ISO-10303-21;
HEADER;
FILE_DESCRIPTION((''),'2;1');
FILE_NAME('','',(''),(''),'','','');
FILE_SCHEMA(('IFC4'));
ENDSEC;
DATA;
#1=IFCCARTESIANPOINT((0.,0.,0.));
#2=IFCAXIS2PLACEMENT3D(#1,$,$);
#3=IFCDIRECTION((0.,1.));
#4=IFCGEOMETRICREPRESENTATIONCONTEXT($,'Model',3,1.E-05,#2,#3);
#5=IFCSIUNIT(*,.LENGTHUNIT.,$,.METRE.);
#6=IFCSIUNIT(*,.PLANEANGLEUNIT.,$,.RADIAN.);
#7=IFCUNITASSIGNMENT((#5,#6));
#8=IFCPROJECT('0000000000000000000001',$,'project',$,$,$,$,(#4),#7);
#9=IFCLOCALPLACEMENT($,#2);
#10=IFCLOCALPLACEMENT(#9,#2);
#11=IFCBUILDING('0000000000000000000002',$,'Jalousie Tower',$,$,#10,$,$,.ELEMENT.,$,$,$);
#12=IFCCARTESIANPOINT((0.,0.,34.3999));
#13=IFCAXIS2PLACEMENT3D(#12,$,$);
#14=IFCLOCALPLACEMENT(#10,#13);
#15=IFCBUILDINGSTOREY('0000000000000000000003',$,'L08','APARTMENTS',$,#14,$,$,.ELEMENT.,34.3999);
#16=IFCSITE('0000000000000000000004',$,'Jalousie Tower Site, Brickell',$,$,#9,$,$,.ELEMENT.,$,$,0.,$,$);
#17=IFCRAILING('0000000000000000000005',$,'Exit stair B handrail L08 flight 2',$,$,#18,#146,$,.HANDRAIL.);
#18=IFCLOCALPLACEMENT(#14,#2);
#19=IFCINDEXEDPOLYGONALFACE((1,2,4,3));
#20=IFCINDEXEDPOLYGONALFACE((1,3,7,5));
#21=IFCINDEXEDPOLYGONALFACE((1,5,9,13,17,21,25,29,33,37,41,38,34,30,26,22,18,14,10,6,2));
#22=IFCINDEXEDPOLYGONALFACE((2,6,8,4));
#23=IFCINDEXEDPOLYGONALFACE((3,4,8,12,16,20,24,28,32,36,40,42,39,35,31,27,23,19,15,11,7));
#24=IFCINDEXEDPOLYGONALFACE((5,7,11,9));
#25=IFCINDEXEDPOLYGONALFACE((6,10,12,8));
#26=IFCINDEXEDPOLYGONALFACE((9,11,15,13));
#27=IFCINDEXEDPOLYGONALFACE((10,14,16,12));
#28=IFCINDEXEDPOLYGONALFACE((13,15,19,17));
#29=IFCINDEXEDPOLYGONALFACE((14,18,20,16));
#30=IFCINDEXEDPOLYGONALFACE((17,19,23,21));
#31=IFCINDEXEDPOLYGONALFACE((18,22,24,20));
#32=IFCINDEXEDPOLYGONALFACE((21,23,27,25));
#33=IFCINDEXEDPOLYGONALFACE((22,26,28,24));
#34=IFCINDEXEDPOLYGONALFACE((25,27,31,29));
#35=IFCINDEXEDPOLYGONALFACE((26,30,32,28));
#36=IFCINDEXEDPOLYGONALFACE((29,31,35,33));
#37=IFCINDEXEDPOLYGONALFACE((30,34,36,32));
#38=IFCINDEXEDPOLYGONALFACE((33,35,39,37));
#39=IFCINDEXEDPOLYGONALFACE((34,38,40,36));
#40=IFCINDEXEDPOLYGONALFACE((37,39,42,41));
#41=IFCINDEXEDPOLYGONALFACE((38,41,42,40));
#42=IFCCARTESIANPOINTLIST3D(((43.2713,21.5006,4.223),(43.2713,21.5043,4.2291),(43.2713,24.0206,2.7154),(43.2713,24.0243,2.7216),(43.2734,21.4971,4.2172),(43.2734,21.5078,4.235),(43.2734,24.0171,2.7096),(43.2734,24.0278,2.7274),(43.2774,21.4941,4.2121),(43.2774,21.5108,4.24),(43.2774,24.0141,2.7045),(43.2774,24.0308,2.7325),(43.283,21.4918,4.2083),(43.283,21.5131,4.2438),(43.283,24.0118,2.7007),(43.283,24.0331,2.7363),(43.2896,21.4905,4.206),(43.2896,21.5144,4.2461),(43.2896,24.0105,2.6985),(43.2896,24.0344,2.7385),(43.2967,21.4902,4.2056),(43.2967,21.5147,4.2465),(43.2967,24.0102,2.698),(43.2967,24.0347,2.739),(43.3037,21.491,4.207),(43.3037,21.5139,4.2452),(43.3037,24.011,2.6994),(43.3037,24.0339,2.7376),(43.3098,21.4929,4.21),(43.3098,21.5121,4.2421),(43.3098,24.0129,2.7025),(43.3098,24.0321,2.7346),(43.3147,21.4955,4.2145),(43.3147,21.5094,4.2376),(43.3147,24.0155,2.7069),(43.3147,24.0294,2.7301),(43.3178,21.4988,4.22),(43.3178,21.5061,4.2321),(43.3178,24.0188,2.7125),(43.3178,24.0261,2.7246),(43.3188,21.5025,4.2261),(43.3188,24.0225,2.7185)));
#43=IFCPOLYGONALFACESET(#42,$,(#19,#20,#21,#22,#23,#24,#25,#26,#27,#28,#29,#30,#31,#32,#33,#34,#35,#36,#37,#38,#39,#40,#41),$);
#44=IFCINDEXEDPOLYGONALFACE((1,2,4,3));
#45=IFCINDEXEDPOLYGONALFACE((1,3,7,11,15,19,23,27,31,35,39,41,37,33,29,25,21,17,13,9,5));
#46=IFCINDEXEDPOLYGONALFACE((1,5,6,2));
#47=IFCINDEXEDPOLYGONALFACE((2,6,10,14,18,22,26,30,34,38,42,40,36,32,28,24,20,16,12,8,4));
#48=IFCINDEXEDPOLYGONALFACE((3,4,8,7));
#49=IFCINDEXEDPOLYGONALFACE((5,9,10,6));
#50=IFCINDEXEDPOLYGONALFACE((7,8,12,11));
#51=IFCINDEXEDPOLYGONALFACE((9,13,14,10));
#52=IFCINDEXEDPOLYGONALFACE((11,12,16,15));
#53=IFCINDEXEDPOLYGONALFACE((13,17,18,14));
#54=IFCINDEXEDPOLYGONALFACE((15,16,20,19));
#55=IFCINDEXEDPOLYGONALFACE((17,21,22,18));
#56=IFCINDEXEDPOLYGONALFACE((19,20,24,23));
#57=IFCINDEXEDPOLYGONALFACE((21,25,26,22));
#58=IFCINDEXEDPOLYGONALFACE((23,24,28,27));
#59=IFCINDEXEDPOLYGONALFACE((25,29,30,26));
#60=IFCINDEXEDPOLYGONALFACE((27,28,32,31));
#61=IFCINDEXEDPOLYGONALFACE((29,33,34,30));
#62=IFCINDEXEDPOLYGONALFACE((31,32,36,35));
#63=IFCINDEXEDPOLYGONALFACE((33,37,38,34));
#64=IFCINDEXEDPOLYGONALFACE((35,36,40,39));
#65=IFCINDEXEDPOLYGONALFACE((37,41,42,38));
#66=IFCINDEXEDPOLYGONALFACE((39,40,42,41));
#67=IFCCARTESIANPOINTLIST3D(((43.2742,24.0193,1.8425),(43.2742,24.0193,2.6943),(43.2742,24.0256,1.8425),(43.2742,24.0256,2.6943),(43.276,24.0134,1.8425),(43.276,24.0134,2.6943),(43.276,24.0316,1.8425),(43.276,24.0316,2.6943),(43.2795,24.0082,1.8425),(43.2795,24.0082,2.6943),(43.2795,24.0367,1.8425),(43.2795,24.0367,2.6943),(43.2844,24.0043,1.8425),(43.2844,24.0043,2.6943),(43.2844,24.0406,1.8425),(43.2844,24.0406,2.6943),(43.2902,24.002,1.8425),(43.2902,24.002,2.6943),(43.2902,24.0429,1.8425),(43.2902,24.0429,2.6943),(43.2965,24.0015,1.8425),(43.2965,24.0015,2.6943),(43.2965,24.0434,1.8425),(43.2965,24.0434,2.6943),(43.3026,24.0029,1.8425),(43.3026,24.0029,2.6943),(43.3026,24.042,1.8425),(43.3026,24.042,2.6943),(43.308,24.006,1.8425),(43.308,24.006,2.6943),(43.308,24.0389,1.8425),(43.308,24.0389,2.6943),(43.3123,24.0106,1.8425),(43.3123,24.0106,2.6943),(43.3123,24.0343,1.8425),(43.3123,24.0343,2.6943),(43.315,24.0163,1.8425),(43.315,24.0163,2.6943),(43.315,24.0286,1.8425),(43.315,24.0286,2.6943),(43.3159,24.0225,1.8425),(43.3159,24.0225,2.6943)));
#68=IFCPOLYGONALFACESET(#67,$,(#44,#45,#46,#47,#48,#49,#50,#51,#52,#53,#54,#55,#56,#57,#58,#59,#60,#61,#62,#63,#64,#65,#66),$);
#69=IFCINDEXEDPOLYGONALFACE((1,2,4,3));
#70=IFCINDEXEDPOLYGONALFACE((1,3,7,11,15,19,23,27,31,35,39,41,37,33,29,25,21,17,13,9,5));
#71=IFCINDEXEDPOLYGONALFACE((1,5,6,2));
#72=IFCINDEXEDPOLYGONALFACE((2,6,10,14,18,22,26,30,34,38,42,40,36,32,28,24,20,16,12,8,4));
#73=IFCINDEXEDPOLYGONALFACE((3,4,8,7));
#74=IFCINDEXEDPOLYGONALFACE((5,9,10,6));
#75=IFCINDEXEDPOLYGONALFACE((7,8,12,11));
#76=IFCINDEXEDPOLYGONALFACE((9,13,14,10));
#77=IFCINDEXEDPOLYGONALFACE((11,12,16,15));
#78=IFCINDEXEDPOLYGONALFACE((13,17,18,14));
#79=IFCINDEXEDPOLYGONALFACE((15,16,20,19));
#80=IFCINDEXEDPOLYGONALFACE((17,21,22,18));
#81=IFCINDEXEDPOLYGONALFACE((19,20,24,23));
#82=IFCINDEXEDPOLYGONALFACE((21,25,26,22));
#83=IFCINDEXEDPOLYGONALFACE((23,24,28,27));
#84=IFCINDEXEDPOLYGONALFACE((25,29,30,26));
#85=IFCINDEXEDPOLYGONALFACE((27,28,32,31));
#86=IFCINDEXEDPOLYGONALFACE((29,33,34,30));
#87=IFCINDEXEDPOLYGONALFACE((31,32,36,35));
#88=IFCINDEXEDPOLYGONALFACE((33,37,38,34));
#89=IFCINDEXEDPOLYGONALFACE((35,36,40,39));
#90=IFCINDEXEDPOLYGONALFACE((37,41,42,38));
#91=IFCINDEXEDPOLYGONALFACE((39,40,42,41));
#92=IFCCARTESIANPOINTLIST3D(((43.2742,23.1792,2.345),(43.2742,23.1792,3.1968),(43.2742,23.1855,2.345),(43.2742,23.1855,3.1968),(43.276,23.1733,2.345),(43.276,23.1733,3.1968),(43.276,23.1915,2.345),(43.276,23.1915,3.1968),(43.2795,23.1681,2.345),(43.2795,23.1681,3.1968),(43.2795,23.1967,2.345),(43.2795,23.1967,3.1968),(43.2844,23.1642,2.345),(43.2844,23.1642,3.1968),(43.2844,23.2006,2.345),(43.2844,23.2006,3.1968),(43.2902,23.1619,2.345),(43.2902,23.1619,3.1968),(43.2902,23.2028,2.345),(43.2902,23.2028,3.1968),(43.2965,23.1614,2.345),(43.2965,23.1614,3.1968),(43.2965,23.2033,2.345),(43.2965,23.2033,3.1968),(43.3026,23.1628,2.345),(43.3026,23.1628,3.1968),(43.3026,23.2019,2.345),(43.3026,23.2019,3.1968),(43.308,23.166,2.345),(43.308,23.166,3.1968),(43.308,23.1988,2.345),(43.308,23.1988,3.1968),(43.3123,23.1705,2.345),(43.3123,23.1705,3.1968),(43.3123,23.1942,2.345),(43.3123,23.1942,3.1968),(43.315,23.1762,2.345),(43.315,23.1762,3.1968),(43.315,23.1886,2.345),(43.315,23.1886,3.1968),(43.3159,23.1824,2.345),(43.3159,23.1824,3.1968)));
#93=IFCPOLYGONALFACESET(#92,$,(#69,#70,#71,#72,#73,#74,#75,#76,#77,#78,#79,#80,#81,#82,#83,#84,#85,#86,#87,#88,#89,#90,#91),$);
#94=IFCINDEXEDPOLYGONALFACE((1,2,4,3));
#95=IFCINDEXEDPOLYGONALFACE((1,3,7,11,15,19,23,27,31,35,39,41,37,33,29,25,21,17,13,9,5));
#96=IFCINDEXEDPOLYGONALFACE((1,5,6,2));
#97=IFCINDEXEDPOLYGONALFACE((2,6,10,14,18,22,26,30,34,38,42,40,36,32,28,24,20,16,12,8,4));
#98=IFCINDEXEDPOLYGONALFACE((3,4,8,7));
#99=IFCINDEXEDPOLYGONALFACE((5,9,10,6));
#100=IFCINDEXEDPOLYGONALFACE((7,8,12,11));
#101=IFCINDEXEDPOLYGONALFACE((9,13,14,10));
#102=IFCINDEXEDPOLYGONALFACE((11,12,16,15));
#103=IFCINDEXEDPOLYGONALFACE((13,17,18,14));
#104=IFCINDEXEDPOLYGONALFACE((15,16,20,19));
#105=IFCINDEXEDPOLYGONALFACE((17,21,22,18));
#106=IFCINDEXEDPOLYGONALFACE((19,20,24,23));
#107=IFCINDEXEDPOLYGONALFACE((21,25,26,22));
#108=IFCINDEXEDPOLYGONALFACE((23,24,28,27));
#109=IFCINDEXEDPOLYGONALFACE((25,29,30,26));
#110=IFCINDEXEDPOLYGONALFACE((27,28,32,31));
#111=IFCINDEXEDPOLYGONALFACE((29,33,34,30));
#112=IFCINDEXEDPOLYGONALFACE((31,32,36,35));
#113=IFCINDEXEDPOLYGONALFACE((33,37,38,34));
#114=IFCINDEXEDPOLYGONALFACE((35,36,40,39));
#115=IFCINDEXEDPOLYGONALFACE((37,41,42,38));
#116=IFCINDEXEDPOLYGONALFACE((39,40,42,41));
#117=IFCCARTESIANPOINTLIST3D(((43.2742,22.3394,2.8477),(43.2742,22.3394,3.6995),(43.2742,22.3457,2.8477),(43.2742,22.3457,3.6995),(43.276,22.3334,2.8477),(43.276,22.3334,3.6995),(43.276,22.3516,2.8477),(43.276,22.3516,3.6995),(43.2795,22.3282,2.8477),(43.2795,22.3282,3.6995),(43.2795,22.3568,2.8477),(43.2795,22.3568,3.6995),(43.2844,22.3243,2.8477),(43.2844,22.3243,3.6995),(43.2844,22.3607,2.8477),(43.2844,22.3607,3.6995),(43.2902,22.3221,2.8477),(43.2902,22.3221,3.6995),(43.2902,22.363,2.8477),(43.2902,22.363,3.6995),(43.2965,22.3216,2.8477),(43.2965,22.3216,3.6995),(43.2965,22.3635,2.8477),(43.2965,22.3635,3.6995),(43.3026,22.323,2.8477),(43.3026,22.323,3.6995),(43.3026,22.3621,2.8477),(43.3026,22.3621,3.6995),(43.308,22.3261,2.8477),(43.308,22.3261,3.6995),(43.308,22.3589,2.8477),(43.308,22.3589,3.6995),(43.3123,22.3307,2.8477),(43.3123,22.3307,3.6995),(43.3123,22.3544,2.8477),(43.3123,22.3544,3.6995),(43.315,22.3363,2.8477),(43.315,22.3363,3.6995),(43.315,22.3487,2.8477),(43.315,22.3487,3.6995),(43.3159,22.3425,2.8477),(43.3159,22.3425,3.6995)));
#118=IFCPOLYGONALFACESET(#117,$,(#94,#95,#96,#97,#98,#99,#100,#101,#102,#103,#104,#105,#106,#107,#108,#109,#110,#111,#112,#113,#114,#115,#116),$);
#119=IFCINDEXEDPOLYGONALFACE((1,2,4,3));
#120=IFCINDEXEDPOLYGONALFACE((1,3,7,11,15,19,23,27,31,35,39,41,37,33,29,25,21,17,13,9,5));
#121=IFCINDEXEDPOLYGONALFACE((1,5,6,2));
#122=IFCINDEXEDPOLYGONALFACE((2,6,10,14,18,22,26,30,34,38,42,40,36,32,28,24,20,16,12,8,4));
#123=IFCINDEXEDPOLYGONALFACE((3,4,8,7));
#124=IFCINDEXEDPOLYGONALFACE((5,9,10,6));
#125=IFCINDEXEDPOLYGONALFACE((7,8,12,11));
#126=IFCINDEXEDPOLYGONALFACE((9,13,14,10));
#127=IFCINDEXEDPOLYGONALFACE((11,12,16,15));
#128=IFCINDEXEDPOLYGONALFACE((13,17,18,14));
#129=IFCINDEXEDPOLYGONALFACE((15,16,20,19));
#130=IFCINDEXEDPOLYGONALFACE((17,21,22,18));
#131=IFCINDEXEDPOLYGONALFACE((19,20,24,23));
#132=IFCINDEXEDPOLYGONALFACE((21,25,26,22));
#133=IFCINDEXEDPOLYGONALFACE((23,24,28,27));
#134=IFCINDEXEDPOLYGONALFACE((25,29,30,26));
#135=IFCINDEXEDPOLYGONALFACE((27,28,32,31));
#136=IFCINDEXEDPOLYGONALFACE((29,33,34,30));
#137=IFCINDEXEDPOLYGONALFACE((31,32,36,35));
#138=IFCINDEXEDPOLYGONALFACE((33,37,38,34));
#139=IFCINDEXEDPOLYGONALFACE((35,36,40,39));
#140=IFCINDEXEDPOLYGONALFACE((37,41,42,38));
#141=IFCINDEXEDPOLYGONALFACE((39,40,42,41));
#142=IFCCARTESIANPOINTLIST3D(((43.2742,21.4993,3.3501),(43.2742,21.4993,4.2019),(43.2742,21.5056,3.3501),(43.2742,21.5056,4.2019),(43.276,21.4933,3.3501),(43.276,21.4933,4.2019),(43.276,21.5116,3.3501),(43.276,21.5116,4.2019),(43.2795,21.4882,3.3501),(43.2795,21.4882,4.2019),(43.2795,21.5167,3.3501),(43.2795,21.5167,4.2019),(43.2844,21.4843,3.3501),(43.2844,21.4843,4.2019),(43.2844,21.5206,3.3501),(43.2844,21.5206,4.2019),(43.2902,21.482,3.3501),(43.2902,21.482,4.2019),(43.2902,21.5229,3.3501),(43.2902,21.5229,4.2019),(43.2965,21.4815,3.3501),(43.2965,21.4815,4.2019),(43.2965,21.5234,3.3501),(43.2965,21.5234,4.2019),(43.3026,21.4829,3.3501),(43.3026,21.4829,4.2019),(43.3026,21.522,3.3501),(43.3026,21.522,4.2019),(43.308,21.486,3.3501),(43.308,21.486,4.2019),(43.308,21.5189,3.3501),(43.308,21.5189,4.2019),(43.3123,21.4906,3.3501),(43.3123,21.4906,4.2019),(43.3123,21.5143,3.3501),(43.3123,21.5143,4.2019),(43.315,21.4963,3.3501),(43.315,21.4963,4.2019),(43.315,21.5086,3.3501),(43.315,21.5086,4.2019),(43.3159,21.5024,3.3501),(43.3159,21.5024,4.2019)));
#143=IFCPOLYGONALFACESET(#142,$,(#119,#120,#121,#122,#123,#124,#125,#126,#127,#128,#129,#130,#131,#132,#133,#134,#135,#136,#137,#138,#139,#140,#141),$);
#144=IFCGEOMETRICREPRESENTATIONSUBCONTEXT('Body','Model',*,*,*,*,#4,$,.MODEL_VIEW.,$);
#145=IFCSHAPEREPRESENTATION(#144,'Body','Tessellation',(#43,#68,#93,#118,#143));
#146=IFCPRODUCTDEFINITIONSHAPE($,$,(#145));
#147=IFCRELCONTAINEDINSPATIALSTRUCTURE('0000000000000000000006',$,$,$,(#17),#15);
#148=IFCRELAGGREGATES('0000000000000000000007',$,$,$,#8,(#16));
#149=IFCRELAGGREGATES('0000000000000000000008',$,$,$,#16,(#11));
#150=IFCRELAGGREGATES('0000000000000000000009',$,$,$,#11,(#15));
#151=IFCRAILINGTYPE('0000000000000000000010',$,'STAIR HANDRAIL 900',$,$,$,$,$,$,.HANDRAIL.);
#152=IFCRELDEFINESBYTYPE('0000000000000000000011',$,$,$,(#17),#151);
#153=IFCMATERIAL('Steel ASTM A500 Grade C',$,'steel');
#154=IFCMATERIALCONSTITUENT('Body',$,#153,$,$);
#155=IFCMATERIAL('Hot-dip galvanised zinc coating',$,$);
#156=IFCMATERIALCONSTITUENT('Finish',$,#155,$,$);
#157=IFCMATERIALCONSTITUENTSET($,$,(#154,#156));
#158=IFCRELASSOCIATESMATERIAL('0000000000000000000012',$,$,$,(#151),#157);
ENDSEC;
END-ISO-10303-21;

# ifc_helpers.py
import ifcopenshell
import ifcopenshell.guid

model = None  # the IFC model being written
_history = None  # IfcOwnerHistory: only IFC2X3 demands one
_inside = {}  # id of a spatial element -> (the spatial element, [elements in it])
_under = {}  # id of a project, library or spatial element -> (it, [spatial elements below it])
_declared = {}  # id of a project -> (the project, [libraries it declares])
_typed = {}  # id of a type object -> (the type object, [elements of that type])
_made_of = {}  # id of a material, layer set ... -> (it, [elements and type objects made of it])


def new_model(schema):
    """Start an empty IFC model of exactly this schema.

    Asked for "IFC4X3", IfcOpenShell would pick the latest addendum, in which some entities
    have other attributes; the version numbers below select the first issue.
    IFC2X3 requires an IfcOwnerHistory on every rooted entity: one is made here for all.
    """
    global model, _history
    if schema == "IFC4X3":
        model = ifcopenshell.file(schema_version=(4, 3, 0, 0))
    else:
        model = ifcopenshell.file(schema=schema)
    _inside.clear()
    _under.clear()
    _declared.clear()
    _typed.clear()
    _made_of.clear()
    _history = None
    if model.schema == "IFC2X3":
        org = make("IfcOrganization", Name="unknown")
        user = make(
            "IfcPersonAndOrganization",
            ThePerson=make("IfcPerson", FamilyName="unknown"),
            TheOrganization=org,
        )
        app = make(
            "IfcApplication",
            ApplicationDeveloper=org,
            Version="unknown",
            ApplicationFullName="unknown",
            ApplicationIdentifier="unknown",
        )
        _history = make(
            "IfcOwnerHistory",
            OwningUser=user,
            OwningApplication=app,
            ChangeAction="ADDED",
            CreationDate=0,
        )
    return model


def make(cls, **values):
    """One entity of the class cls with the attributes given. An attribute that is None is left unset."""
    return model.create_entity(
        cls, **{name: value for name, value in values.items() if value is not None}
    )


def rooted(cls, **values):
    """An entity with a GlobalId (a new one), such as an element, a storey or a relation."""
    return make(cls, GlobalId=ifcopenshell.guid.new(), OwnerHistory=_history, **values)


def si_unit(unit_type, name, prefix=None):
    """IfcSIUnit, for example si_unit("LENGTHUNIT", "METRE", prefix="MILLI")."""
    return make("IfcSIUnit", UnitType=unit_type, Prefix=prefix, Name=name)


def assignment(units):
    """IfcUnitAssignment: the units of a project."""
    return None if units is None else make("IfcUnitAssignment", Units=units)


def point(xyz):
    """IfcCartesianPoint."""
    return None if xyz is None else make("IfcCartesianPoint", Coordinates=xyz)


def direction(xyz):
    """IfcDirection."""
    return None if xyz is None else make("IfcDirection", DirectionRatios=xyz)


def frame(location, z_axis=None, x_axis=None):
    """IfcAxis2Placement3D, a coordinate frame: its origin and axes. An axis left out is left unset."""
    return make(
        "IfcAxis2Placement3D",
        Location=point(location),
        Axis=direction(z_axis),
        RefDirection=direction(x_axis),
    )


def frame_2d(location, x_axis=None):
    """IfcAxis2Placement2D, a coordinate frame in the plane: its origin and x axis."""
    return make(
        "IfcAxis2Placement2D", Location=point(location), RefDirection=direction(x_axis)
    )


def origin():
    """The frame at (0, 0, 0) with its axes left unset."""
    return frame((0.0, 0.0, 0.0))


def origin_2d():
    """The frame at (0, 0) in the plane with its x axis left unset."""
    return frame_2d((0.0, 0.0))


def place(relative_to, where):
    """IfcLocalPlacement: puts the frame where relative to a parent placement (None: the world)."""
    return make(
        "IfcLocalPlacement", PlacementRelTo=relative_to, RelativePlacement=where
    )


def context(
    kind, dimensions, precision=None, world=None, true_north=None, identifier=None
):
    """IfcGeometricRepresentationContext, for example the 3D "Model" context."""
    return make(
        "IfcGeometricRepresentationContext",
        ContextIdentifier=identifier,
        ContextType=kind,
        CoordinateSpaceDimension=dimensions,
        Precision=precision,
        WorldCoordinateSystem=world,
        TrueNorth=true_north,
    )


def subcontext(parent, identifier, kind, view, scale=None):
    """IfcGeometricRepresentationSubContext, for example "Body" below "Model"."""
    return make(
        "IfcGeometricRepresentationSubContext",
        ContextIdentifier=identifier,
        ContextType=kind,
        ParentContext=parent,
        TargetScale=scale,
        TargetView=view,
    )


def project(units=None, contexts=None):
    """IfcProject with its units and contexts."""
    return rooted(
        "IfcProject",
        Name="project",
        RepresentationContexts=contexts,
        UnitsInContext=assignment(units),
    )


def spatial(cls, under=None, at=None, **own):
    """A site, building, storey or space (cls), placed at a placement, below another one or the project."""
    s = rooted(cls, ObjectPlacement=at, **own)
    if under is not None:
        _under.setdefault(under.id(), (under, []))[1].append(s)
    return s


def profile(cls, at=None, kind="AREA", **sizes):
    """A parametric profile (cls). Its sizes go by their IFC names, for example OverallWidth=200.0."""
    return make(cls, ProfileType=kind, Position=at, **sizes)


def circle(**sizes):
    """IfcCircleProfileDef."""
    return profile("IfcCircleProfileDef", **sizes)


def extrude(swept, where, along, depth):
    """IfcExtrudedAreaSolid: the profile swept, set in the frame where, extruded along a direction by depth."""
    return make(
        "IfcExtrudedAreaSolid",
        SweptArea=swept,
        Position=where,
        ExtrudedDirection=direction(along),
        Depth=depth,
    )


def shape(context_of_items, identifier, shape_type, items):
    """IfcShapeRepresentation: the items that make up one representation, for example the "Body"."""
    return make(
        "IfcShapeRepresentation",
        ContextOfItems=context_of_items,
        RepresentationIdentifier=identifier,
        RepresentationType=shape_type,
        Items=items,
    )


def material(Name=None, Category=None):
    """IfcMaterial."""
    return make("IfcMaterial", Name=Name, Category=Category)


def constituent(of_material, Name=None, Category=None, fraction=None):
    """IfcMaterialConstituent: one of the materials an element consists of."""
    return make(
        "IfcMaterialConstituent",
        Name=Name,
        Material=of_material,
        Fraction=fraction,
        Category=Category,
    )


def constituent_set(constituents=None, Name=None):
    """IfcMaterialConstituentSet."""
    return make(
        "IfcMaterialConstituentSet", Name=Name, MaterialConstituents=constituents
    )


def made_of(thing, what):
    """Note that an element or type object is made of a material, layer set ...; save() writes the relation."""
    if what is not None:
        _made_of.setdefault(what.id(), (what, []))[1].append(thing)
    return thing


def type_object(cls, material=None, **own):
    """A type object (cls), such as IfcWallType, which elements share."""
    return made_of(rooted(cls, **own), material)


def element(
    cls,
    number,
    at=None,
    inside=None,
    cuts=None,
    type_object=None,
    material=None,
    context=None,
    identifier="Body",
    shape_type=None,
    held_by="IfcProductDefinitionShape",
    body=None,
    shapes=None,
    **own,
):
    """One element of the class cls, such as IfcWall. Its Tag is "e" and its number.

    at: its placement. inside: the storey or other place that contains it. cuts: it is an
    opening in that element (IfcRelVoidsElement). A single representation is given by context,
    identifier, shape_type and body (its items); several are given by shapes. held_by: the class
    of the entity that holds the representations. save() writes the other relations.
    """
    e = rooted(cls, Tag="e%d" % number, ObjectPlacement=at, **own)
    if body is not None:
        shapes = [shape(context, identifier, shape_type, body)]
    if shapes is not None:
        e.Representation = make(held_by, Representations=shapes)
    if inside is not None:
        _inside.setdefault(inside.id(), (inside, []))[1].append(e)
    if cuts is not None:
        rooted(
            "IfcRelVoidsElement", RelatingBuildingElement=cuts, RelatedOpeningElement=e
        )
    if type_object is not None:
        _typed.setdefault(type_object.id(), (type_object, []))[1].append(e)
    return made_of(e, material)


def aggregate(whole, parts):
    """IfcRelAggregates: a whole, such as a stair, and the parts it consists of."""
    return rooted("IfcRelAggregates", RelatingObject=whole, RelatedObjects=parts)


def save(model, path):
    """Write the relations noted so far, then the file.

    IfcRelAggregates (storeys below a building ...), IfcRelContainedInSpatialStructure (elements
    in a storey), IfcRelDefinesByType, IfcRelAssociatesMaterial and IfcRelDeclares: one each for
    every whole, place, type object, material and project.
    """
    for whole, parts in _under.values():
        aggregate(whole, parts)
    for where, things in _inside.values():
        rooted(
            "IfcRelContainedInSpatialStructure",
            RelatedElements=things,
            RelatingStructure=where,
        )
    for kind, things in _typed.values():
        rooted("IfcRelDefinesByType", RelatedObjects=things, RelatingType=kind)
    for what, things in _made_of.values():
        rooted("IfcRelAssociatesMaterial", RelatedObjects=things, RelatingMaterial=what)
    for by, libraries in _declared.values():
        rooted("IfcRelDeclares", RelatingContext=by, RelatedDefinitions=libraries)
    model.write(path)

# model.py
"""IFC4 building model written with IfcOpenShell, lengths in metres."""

from ifc_helpers import new_model, si_unit, direction, frame, origin, origin_2d, place, context, subcontext, project, spatial, circle, extrude, material, constituent, constituent_set, type_object, element, save


model = new_model("IFC4")

# Units and contexts
model_context = context("Model", 3, precision=1e-05, world=origin(), true_north=direction((0.0, 1.0)))
body_context = subcontext(model_context, "Body", "Model", "MODEL_VIEW")
ifc_project = project(units=[si_unit("LENGTHUNIT", "METRE"), si_unit("PLANEANGLEUNIT", "RADIAN")], contexts=[model_context])

# Site, building, storey
site_placement = place(None, origin())
site = spatial("IfcSite", under=ifc_project, at=site_placement, Name="Jalousie Tower Site, Brickell", CompositionType="ELEMENT", RefElevation=0.0)
building_placement = place(site_placement, origin())
building = spatial("IfcBuilding", under=site, at=building_placement, Name="Jalousie Tower", CompositionType="ELEMENT")
storey_placement = place(building_placement, frame((0.0, 0.0, 34.3999)))
storey = spatial("IfcBuildingStorey", under=building, at=storey_placement, Name="L08", Description="APARTMENTS", CompositionType="ELEMENT", Elevation=34.3999)

# Railing
ifc_material_1 = material(Name="Steel ASTM A500 Grade C", Category="steel")
ifc_constituent_1 = constituent(ifc_material_1, Name="Body")
ifc_material_2 = material(Name="Hot-dip galvanised zinc coating")
ifc_constituent_2 = constituent(ifc_material_2, Name="Finish")
ifc_constituent_set_1 = constituent_set(constituents=[ifc_constituent_1, ifc_constituent_2])
railing_type_1 = type_object("IfcRailingType", Name="STAIR HANDRAIL 900", PredefinedType="HANDRAIL", material=ifc_constituent_set_1)
railing_1_placement = place(storey_placement, frame((43.2949, 24.0225, 1.8425)))
element("IfcRailing", 1, at=railing_1_placement, inside=storey, type_object=railing_type_1, Name="Exit stair B handrail L08 flight 2", PredefinedType="HANDRAIL", context=body_context, shape_type="SweptSolid", body=[
    extrude(circle(Radius=0.0239, at=origin_2d()), frame((0.0, 0.0, 0.876), z_axis=(0.0, -0.85816, 0.513383), x_axis=(1.0, 0.0, 0.0)), (0.0, 0.0, 1.0), 2.9365),
    extrude(circle(Radius=0.021, at=origin_2d()), origin(), (0.0, 0.0, 1.0), 0.8518),
    extrude(circle(Radius=0.021, at=origin_2d()), frame((0.0, -0.8401, 0.5024)), (0.0, 0.0, 1.0), 0.8518),
    extrude(circle(Radius=0.021, at=origin_2d()), frame((0.0, -1.6799, 1.0051)), (0.0, 0.0, 1.0), 0.8518),
    extrude(circle(Radius=0.021, at=origin_2d()), frame((0.0, -2.52, 1.5076)), (0.0, 0.0, 1.0), 0.8518),
])

save(model, "model.ifc")
